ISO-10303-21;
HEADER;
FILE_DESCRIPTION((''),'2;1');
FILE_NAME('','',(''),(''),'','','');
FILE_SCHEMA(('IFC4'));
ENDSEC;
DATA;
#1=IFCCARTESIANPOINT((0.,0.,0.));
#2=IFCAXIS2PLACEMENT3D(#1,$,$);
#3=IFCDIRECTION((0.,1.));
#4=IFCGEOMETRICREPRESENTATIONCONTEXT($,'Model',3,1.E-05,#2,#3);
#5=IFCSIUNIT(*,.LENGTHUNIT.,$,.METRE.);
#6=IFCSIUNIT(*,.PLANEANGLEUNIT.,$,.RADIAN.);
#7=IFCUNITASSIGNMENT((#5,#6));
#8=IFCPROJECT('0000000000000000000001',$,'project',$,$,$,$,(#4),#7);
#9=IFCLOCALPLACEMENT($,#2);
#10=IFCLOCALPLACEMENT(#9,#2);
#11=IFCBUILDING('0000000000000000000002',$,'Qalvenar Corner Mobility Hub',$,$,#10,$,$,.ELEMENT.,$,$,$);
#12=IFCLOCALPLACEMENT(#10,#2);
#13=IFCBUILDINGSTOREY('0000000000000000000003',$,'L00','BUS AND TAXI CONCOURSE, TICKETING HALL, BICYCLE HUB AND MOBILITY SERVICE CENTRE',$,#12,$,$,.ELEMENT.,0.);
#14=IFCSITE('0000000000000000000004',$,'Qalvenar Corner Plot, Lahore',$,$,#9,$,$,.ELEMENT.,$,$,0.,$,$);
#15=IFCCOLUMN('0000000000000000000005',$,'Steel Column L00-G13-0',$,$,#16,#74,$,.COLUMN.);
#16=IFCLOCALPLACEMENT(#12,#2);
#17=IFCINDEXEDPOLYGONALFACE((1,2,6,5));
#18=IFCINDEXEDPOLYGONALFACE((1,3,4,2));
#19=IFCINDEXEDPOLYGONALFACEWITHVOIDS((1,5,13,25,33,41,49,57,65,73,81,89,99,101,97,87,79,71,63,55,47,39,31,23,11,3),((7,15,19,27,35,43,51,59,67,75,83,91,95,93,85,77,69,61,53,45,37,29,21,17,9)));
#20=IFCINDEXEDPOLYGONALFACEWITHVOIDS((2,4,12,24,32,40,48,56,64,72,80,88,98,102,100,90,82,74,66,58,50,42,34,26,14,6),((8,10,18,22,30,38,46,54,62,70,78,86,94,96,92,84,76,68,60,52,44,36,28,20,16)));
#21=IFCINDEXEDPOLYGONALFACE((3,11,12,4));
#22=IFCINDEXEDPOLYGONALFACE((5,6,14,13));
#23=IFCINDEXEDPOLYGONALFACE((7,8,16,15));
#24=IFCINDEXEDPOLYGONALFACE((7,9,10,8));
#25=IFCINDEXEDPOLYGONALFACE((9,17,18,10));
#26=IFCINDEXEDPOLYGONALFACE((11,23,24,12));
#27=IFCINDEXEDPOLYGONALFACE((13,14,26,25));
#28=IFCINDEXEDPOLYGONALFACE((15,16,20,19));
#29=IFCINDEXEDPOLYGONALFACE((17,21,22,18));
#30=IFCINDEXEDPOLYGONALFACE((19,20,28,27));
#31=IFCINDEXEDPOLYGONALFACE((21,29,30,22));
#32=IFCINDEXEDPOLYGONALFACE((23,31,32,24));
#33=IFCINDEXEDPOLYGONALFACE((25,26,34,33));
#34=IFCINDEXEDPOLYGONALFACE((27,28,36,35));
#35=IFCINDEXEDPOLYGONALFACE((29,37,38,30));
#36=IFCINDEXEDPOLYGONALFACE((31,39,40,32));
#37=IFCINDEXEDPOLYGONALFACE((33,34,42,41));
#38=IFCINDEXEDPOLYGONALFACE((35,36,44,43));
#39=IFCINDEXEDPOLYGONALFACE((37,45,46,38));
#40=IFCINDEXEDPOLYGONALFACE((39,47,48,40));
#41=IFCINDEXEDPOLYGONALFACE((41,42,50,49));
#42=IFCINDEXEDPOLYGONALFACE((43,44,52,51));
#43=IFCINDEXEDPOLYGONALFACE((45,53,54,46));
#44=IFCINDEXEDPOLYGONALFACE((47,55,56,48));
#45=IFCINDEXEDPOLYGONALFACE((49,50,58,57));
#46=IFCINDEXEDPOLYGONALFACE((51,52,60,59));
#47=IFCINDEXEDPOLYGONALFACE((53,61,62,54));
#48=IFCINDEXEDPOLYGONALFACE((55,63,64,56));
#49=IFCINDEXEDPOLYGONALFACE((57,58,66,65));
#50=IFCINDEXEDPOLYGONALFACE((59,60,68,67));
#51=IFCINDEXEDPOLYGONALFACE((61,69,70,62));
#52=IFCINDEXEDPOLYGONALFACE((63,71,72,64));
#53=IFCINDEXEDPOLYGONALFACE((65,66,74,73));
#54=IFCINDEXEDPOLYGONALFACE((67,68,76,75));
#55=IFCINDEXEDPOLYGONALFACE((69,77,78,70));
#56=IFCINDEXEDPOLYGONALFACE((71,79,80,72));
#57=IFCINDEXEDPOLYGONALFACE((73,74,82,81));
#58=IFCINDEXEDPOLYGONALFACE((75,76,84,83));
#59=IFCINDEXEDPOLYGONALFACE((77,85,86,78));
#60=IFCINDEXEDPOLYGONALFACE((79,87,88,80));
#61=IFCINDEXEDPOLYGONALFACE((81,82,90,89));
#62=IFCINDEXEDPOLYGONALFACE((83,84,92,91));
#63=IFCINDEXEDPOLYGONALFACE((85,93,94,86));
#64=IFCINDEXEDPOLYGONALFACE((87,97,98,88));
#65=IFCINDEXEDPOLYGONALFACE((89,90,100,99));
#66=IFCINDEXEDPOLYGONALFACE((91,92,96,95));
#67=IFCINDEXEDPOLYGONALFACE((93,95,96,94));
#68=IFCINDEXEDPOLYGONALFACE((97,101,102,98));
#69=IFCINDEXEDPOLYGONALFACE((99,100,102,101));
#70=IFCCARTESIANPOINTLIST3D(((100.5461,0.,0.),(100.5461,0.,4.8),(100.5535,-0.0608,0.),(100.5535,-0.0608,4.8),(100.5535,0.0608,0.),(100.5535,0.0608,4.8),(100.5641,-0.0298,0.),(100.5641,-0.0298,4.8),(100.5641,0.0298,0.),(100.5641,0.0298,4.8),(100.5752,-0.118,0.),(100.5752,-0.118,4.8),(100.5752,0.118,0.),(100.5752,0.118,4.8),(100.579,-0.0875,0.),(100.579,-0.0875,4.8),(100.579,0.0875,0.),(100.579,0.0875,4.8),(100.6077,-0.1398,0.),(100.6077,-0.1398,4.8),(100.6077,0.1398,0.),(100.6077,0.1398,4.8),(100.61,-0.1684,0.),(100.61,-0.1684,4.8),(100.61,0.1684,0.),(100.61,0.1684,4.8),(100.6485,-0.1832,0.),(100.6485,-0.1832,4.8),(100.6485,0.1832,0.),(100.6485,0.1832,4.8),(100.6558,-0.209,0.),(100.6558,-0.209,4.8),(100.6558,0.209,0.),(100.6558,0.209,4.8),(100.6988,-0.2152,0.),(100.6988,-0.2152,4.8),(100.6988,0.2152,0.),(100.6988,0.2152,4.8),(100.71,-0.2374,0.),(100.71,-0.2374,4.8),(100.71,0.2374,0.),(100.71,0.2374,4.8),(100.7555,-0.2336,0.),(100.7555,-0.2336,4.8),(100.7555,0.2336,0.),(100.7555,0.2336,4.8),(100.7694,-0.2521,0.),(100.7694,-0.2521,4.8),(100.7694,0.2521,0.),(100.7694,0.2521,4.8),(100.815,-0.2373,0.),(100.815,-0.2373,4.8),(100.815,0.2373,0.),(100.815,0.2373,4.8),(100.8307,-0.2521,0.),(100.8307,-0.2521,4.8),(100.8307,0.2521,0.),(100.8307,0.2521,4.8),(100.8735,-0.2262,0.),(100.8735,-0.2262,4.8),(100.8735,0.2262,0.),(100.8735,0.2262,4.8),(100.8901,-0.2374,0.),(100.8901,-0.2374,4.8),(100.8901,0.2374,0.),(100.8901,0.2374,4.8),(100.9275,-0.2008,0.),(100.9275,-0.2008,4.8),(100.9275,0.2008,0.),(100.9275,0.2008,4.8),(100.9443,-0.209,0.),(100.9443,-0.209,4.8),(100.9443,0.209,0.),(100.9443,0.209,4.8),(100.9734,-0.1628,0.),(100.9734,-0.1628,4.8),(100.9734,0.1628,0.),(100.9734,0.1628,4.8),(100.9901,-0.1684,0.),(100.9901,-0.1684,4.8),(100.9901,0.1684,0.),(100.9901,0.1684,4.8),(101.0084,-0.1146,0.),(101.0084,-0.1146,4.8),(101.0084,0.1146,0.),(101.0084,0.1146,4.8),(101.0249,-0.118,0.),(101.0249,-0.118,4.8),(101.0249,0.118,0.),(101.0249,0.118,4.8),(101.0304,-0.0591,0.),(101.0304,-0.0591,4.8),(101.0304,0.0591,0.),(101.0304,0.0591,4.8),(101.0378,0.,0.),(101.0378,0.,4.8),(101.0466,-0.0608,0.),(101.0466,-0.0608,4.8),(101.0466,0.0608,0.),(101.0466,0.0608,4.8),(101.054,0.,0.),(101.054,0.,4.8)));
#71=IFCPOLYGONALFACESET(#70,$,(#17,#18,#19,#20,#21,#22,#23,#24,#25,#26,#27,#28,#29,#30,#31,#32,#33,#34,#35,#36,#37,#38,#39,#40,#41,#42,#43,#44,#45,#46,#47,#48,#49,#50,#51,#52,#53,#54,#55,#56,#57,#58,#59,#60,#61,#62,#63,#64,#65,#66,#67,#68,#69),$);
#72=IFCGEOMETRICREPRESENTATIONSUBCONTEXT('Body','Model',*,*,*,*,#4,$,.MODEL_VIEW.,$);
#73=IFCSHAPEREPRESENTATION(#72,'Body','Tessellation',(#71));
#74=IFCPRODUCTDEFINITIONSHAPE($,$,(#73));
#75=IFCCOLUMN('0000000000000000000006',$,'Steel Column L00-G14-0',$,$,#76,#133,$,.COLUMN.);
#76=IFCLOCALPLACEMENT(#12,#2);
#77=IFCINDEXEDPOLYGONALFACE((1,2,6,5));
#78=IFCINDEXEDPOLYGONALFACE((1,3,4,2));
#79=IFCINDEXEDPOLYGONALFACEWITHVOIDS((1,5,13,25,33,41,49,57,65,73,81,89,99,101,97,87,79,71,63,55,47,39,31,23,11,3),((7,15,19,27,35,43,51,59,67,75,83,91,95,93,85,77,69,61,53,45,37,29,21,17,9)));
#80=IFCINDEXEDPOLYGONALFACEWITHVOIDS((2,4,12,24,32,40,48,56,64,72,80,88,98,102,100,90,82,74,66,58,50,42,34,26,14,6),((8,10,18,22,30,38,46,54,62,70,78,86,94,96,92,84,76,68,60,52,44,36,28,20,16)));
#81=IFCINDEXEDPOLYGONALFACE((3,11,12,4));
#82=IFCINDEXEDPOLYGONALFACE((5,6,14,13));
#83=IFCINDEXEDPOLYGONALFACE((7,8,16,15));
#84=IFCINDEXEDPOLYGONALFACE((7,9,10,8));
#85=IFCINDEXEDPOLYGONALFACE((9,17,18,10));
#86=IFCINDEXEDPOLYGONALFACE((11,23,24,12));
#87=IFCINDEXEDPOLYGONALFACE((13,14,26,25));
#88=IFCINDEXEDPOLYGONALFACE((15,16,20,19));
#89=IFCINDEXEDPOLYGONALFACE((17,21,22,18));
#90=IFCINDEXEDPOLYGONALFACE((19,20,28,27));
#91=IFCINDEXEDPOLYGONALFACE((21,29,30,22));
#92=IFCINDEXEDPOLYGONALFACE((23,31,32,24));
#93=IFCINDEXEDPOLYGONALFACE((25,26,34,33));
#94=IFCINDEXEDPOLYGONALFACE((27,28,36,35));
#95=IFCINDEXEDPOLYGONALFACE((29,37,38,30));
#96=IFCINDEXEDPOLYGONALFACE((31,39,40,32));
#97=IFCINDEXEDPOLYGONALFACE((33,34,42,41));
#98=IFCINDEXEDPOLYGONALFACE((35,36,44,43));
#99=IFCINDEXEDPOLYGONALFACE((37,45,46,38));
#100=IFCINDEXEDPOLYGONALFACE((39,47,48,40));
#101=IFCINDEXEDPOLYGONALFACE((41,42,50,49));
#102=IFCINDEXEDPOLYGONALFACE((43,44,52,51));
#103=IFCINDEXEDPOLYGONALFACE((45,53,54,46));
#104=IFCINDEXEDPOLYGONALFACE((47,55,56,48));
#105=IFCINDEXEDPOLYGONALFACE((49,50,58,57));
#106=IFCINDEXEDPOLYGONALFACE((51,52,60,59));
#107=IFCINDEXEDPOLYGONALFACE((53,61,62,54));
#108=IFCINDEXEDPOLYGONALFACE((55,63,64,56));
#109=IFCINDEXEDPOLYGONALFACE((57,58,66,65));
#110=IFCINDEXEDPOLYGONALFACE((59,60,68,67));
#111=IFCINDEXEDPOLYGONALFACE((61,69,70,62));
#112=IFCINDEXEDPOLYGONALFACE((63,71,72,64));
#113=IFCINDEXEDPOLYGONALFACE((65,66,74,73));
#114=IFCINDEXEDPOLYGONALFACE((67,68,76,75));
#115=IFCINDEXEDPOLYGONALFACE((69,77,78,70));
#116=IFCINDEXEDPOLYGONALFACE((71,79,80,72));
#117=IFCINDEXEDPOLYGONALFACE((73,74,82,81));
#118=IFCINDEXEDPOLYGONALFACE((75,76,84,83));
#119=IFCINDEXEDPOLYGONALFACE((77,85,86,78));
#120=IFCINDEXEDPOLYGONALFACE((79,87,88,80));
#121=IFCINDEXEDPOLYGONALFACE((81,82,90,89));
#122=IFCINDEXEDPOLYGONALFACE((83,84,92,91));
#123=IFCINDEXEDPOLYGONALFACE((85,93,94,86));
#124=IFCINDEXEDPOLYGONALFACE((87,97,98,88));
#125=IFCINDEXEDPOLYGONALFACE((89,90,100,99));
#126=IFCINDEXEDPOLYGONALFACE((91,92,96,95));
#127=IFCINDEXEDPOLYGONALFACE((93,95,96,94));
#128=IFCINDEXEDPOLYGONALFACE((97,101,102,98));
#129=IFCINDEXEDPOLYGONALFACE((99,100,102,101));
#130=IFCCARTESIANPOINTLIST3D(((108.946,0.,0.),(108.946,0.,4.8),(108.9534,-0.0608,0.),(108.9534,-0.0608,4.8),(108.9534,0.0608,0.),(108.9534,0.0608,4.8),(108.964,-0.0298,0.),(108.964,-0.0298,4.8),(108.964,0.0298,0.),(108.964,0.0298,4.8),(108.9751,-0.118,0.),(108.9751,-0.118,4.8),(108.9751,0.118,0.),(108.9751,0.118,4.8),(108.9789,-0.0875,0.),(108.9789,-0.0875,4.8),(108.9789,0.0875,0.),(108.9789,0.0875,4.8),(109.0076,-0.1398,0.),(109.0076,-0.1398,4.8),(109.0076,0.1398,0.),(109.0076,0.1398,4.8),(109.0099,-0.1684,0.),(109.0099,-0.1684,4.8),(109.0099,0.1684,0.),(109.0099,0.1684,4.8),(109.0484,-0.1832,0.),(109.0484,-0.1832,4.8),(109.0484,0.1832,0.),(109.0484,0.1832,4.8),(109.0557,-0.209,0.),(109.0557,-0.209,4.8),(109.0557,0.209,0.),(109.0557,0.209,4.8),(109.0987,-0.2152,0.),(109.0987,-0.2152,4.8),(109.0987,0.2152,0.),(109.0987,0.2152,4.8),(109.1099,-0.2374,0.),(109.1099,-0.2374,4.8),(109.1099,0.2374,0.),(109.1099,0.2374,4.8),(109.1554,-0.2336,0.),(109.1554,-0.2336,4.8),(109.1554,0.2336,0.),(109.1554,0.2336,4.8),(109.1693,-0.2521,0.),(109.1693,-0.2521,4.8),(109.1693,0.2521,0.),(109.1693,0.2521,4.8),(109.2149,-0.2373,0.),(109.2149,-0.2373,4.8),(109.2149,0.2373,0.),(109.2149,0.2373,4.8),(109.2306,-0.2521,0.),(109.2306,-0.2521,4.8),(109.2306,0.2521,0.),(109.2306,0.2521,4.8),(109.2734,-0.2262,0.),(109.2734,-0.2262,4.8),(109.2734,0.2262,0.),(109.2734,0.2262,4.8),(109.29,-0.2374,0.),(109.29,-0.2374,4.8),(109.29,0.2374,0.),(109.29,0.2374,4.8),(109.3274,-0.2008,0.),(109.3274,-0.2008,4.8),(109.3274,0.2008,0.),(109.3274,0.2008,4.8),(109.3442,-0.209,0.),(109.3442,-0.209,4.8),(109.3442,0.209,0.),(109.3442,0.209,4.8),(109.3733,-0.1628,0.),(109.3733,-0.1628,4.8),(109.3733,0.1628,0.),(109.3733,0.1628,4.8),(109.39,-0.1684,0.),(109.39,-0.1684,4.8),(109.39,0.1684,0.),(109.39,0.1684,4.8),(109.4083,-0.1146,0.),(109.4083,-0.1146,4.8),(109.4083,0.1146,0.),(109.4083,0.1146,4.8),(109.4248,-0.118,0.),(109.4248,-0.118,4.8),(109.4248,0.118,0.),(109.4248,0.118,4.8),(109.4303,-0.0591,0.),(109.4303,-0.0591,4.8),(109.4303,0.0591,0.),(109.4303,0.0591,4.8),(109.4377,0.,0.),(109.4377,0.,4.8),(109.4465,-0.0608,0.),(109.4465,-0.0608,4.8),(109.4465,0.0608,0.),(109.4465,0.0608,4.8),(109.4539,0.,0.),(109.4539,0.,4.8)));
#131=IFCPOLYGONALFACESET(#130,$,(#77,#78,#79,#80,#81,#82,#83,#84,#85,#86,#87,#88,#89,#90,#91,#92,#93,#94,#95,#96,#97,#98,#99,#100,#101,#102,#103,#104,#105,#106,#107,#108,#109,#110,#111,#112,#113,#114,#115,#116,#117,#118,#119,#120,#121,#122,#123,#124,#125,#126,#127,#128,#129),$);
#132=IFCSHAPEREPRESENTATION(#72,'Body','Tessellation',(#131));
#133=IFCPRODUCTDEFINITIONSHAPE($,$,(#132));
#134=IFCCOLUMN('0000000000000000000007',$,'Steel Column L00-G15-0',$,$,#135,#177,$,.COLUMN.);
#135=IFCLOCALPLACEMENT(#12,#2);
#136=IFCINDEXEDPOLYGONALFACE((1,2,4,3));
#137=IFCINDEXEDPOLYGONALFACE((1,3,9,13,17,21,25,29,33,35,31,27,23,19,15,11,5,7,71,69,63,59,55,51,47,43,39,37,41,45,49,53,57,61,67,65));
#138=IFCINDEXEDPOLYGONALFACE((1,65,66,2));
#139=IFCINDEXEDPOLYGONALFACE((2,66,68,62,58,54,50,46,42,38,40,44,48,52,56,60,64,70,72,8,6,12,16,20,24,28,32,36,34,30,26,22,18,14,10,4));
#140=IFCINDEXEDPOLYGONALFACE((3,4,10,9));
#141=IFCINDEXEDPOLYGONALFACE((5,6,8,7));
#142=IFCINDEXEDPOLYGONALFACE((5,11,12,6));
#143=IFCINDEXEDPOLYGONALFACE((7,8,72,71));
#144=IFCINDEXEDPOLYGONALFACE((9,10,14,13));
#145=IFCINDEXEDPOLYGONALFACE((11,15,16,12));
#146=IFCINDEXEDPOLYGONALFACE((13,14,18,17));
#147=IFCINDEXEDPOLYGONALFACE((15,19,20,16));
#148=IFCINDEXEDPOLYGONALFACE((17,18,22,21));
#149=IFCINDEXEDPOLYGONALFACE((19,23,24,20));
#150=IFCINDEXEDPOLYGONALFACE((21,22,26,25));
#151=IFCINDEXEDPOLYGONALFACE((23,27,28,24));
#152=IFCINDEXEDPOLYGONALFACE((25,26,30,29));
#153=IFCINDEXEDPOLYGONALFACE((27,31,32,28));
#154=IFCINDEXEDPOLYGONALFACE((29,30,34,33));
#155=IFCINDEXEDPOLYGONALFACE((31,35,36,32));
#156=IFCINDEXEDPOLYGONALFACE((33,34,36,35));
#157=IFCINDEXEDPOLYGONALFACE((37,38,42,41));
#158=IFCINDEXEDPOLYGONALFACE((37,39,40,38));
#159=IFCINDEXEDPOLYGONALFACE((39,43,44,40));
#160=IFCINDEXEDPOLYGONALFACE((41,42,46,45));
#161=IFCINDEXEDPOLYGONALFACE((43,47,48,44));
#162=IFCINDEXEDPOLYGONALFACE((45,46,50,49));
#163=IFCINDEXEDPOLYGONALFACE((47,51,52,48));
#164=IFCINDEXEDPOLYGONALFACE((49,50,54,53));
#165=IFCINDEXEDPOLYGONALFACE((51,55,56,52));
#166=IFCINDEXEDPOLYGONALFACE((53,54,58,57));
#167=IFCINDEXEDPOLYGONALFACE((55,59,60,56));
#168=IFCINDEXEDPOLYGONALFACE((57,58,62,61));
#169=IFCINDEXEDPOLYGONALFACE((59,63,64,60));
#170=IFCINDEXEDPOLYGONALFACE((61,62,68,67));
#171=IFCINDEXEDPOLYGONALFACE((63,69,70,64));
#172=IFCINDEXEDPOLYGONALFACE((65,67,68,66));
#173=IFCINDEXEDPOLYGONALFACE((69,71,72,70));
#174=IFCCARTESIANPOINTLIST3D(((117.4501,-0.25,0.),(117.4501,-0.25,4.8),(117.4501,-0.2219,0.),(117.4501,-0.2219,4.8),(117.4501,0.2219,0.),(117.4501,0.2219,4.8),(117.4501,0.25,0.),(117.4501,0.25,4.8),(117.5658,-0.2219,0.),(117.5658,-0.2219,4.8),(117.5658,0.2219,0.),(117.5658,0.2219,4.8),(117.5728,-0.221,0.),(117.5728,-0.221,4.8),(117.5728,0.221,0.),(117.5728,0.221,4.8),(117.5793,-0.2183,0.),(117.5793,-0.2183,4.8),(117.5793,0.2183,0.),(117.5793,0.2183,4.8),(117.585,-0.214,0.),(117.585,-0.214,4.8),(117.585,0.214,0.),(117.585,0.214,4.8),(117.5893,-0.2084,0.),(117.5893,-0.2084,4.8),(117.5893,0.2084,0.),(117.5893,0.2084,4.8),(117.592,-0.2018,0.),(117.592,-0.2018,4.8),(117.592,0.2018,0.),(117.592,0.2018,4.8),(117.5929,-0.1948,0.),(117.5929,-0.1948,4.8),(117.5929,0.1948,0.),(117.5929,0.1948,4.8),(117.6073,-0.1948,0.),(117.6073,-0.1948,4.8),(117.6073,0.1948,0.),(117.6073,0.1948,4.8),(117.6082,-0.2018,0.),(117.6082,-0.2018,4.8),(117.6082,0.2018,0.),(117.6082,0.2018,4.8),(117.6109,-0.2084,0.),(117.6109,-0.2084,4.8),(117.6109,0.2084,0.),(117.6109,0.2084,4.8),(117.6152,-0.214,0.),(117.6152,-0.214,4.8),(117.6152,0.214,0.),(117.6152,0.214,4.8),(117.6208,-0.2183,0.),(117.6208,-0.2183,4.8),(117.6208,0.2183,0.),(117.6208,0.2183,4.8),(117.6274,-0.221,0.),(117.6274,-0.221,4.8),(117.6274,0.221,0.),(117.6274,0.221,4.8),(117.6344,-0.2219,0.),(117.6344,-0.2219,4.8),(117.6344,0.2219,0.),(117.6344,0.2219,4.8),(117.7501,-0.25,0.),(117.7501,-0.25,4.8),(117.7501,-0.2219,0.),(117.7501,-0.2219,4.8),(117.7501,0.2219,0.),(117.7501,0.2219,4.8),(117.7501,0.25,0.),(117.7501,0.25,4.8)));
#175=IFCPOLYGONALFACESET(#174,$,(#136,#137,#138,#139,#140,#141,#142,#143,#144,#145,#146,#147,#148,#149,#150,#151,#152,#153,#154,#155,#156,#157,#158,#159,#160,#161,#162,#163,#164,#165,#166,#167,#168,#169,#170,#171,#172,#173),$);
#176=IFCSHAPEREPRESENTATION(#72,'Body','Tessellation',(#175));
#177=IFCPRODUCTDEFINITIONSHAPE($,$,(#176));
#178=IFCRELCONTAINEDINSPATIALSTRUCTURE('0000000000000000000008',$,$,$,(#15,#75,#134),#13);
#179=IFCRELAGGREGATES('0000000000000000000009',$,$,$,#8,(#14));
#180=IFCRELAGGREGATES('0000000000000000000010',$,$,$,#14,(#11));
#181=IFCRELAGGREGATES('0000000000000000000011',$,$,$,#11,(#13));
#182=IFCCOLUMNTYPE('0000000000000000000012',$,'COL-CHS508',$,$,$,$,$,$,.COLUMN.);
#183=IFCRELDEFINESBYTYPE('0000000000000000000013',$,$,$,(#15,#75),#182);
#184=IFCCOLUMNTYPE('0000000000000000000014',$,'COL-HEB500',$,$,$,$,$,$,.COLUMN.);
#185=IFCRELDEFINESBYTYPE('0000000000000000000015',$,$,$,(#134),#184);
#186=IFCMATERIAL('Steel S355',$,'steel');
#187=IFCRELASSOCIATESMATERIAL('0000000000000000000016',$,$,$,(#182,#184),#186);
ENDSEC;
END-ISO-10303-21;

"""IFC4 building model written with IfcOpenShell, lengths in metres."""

from ifc_helpers import new_model, si_unit, direction, frame, origin, origin_2d, place, context, subcontext, project, spatial, hollow_circle, i_section, extrude, material, material_profile, profile_set, type_object, element, save


model = new_model("IFC4")

# Units and contexts
model_context = context("Model", 3, precision=1e-05, world=origin(), true_north=direction((0.0, 1.0)))
body_context = subcontext(model_context, "Body", "Model", "MODEL_VIEW")
ifc_project = project(units=[si_unit("LENGTHUNIT", "METRE"), si_unit("PLANEANGLEUNIT", "RADIAN")], contexts=[model_context])

# Site, building, storey
site_placement = place(None, origin())
site = spatial("IfcSite", under=ifc_project, at=site_placement, Name="Qalvenar Corner Plot, Lahore", CompositionType="ELEMENT", RefElevation=0.0)
building_placement = place(site_placement, origin())
building = spatial("IfcBuilding", under=site, at=building_placement, Name="Qalvenar Corner Mobility Hub", CompositionType="ELEMENT")
storey_placement = place(building_placement, origin())
storey = spatial("IfcBuildingStorey", under=building, at=storey_placement, Name="L00", Description="BUS AND TAXI CONCOURSE, TICKETING HALL, BICYCLE HUB AND MOBILITY SERVICE CENTRE", CompositionType="ELEMENT", Elevation=0.0)

# Columns
ifc_material_1 = material(Name="Steel S355", Category="steel")
ifc_material_profile_1 = material_profile(ifc_material_1, hollow_circle(Radius=0.2539, WallThickness=0.0161, at=origin_2d()), Name="CHS508x16")
ifc_profile_set_1 = profile_set([ifc_material_profile_1], Name="Steel S355")
column_type_1 = type_object("IfcColumnType", Name="COL-CHS508", PredefinedType="COLUMN", material=ifc_profile_set_1)
for number, where, z_axis, x_axis, name in (
    (1, (100.8, 0.0, 0.0), (0.0, 0.0, 1.0), (1.0, 0.0, 0.0), "Steel Column L00-G13-0"),
    (2, (109.2, 0.0, 0.0), (0.0, 0.0, 1.0), (1.0, 0.0, 0.0), "Steel Column L00-G14-0"),
):
    element("IfcColumn", number, at=place(storey_placement, frame(where, z_axis=z_axis, x_axis=x_axis)), inside=storey, type_object=column_type_1, Name=name, PredefinedType="COLUMN", context=body_context, shape_type="SweptSolid", body=[
        extrude(hollow_circle(Radius=0.2539, WallThickness=0.0161, at=origin_2d()), origin(), (0.0, 0.0, 1.0), 4.8),
    ])
ifc_material_profile_2 = material_profile(ifc_material_1, i_section(OverallWidth=0.3, OverallDepth=0.5, WebThickness=0.0144, FlangeThickness=0.0281, FilletRadius=0.0271, at=origin_2d()), Name="HEB500")
ifc_profile_set_2 = profile_set([ifc_material_profile_2], Name="Steel S355")
column_type_2 = type_object("IfcColumnType", Name="COL-HEB500", PredefinedType="COLUMN", material=ifc_profile_set_2)
column_placement = place(storey_placement, frame((117.6001, 0.0, 0.0), z_axis=(0.0, 0.0, 1.0), x_axis=(1.0, 0.0, 0.0)))
element("IfcColumn", 3, at=column_placement, inside=storey, type_object=column_type_2, Name="Steel Column L00-G15-0", PredefinedType="COLUMN", context=body_context, shape_type="SweptSolid", body=[
    extrude(i_section(OverallWidth=0.3, OverallDepth=0.5, WebThickness=0.0144, FlangeThickness=0.0281, FilletRadius=0.0271, at=origin_2d()), origin(), (0.0, 0.0, 1.0), 4.8),
])

save(model, "model.ifc")
